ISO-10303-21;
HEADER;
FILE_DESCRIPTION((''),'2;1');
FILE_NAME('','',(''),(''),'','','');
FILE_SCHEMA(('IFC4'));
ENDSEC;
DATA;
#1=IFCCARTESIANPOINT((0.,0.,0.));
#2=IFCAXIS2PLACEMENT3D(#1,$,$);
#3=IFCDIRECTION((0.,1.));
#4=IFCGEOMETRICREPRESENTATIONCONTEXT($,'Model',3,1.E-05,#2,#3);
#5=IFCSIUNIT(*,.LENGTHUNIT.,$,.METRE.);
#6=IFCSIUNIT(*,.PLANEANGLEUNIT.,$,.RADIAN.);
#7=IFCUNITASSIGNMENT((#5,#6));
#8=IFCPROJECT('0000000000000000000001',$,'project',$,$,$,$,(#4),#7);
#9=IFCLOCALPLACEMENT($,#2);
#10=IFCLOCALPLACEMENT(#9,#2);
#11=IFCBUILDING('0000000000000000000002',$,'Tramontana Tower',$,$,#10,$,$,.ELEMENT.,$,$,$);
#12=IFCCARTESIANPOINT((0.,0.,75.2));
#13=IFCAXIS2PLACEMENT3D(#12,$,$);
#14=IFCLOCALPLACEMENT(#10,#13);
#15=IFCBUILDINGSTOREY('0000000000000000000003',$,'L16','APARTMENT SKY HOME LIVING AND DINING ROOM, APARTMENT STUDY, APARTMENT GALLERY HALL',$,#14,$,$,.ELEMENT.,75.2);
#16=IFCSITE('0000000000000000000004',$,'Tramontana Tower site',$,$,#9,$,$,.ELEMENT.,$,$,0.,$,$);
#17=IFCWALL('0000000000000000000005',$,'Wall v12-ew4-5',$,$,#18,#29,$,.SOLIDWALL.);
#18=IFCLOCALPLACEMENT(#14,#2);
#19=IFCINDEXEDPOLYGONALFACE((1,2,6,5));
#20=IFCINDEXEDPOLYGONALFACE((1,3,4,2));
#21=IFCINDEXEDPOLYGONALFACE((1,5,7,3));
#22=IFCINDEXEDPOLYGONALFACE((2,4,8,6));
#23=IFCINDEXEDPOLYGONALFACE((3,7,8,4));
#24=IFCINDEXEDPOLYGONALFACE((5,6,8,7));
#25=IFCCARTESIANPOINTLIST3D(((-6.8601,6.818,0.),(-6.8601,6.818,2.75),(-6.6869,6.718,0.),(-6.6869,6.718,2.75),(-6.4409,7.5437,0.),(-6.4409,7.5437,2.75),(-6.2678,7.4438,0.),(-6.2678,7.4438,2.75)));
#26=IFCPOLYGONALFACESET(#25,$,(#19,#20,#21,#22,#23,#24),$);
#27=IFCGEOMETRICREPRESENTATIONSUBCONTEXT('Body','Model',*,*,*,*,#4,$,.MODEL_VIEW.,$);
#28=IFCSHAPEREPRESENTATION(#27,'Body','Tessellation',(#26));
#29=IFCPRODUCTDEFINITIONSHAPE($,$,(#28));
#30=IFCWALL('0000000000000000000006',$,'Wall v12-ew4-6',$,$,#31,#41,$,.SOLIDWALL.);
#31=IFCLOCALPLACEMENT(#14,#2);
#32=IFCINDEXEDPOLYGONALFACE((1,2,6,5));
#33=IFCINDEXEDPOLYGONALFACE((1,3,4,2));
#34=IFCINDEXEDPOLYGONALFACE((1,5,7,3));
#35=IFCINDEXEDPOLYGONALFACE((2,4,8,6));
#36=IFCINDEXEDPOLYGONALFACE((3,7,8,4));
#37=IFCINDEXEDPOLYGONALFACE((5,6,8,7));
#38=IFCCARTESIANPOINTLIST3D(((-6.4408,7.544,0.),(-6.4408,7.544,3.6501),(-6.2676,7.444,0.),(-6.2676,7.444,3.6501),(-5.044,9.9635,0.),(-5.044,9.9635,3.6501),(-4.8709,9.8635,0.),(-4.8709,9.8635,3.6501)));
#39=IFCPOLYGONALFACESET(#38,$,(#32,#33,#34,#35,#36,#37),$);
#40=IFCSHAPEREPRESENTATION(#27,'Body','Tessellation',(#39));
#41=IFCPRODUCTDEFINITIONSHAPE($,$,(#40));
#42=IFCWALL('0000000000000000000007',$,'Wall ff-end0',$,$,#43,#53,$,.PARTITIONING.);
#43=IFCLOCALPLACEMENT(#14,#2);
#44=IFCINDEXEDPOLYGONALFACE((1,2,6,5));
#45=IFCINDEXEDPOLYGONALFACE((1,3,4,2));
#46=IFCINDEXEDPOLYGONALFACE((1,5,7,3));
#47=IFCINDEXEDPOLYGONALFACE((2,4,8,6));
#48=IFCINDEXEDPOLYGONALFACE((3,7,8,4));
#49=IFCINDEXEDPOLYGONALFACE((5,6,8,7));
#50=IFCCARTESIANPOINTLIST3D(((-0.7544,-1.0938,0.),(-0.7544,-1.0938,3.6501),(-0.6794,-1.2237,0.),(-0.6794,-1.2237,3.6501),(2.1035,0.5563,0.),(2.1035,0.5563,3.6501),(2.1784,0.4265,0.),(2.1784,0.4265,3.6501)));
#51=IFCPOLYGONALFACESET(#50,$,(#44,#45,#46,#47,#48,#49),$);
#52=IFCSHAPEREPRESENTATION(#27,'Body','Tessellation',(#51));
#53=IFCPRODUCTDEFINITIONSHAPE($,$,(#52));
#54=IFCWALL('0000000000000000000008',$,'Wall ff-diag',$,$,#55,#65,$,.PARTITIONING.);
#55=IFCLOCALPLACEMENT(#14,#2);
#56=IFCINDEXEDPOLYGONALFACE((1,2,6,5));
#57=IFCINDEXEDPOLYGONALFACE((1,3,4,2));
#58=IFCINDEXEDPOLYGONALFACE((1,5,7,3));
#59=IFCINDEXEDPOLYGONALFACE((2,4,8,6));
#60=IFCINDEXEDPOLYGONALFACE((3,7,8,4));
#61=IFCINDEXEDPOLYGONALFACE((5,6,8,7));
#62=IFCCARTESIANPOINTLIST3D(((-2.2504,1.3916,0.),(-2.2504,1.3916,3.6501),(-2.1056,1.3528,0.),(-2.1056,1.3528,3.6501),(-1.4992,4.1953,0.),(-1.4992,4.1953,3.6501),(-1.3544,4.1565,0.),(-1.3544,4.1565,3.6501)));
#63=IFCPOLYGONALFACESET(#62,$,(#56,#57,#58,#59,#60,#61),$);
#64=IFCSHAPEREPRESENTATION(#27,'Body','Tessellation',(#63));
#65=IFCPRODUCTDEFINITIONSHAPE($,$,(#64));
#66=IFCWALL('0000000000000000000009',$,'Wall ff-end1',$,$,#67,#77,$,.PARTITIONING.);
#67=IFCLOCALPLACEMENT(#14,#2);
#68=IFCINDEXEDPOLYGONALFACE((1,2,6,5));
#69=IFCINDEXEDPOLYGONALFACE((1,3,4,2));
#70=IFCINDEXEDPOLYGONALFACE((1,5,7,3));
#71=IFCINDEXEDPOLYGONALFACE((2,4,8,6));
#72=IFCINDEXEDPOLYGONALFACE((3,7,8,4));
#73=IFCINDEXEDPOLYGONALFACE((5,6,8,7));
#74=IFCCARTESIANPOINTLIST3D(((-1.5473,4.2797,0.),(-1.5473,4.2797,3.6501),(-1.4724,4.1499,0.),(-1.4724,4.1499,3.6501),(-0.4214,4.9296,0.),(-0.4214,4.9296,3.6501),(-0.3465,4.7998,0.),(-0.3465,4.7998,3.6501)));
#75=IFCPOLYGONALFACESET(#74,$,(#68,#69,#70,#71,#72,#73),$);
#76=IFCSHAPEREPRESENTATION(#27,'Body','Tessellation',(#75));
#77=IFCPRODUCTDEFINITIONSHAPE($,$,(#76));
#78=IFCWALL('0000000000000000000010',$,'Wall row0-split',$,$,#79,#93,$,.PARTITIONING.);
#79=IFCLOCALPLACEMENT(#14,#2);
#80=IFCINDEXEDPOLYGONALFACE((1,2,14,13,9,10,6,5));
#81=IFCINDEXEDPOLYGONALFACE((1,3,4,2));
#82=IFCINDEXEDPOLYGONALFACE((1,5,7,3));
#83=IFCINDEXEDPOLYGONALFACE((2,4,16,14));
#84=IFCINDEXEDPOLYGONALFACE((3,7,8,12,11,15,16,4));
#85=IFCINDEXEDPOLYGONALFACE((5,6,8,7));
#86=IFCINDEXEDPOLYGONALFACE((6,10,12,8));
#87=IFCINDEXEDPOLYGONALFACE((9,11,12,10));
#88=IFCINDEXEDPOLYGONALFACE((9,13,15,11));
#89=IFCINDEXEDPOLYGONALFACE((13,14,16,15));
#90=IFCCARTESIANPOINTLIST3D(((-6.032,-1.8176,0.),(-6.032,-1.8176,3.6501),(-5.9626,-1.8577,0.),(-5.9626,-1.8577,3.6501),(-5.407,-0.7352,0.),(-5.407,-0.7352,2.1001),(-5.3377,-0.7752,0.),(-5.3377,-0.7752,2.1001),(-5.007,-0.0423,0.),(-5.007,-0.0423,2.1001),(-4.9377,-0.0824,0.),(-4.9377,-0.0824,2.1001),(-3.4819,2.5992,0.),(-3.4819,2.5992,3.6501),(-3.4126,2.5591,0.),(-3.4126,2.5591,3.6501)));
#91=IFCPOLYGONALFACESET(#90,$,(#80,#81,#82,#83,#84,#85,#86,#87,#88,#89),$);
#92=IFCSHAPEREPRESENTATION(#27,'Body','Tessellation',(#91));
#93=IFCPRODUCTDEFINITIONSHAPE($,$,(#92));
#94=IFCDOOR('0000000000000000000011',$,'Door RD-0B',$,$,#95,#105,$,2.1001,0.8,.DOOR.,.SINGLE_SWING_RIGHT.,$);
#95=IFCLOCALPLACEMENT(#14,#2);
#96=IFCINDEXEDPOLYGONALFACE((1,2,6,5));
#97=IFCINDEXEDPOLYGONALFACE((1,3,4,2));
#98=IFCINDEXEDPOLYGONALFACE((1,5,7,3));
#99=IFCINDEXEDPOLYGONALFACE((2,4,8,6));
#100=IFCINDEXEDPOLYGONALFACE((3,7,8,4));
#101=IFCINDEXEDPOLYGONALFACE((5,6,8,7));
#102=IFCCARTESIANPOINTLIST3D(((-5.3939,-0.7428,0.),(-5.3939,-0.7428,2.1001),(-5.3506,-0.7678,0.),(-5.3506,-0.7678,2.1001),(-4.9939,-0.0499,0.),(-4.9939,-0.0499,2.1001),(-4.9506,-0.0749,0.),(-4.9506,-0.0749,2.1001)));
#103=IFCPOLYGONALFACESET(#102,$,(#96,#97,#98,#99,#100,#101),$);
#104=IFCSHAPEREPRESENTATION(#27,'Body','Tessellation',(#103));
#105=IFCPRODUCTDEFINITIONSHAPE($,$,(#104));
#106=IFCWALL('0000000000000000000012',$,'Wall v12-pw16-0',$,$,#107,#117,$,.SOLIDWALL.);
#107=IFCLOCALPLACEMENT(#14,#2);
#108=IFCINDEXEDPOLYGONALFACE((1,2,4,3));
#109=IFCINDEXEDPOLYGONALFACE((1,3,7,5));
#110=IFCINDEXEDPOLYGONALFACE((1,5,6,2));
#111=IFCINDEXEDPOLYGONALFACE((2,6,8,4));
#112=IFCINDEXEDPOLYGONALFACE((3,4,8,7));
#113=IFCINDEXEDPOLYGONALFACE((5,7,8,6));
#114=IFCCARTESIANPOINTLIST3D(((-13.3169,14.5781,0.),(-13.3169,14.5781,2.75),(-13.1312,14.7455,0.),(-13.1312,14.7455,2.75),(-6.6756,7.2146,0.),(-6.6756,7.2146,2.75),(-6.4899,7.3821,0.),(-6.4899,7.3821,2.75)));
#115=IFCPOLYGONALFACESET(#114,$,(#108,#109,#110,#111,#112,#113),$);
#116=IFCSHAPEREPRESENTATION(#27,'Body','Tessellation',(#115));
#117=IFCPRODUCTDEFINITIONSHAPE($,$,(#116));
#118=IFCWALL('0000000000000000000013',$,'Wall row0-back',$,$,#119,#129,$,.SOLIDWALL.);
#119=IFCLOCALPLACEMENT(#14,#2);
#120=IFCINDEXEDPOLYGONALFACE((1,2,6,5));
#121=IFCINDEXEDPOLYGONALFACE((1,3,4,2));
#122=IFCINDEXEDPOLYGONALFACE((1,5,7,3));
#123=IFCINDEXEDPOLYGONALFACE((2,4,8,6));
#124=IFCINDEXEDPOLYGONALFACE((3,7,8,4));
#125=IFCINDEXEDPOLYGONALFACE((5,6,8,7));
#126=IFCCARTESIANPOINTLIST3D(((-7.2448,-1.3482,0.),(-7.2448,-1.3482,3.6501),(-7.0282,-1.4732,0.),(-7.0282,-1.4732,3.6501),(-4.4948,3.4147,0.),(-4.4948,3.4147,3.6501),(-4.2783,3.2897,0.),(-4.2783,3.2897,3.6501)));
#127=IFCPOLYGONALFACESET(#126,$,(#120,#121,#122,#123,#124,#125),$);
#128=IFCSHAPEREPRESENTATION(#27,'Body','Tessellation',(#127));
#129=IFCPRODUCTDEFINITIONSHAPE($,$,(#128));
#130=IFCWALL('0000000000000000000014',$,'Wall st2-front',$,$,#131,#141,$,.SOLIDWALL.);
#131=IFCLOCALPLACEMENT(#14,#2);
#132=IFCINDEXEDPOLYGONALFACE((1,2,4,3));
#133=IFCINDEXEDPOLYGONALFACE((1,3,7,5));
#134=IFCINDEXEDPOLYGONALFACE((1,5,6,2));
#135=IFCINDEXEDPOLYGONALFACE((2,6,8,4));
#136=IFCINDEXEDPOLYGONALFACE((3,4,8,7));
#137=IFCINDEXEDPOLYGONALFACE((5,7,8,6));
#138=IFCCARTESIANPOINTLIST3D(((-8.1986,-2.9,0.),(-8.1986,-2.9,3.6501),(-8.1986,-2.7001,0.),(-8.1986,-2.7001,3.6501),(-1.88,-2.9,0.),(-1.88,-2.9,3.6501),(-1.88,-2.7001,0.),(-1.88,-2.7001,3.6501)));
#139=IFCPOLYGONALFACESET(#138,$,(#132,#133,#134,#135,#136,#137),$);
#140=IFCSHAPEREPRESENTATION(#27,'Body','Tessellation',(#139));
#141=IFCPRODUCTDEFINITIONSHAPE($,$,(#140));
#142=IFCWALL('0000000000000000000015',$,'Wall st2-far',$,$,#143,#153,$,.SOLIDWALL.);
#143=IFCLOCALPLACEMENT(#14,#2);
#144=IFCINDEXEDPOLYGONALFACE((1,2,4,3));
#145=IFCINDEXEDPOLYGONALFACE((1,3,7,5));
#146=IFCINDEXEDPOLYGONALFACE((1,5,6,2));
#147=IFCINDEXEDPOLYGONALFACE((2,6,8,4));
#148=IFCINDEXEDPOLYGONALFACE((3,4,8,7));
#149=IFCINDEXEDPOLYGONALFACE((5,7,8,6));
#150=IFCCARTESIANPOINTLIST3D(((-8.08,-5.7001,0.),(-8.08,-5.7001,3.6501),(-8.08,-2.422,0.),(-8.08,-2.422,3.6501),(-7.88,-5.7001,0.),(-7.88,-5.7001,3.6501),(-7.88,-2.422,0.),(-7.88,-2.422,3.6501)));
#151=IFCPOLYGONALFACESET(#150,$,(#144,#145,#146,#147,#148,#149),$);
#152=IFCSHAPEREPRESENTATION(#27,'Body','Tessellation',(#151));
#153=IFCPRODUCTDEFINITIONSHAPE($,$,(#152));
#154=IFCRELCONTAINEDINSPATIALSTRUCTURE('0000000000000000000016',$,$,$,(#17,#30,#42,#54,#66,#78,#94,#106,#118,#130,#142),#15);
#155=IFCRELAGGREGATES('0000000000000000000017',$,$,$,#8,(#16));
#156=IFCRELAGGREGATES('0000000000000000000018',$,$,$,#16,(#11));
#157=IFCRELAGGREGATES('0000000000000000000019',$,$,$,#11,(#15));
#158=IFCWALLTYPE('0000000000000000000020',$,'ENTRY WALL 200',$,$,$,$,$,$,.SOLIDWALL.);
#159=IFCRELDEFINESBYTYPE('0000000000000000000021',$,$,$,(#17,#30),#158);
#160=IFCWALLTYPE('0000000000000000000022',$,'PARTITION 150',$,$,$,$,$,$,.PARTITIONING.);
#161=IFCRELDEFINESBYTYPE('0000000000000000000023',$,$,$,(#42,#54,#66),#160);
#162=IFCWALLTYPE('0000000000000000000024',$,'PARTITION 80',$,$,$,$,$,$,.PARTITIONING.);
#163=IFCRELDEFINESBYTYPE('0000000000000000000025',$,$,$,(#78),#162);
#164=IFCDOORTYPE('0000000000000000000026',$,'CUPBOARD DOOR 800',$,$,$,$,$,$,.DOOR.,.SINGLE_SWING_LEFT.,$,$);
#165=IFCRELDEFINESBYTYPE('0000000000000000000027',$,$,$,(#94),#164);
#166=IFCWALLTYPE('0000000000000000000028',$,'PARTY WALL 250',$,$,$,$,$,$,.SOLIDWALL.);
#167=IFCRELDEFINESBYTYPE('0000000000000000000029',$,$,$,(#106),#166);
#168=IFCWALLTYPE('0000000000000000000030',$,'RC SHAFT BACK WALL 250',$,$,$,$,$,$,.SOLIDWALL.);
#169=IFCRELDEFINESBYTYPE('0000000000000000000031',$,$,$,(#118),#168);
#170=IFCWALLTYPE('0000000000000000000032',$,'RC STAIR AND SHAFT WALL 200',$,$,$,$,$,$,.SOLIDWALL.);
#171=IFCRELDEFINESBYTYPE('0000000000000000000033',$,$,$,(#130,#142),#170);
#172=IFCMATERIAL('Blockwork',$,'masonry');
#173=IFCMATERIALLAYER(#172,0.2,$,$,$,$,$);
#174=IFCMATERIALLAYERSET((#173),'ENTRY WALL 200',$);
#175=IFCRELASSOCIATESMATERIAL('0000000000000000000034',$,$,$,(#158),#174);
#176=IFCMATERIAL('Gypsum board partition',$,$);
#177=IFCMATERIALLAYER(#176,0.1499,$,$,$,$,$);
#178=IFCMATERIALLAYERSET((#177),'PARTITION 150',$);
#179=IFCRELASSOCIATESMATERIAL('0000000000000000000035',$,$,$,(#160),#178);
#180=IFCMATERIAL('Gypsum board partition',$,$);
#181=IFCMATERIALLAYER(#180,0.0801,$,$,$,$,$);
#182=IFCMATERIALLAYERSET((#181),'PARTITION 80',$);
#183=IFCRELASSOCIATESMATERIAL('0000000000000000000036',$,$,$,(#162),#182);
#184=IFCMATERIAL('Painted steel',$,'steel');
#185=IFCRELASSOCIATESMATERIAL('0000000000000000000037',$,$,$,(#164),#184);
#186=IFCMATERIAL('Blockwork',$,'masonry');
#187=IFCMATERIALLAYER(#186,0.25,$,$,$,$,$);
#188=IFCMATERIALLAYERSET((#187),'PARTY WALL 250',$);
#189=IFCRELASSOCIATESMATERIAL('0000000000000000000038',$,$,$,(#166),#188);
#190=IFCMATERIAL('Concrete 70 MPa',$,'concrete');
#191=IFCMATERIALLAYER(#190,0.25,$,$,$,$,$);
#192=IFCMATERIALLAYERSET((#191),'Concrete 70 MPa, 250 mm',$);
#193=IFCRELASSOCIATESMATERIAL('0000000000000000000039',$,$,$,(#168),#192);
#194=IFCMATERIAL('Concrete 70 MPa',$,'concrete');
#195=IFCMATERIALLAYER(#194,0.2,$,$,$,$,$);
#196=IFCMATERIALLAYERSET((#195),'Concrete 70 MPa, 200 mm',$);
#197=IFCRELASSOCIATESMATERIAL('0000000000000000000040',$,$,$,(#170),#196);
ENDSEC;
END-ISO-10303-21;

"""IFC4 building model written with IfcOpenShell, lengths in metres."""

from ifc_helpers import new_model, si_unit, direction, frame, frame_2d, origin, place, context, subcontext, project, spatial, rectangle, extrude, material, layer, layer_set, type_object, element, fill, save


model = new_model("IFC4")

# Units and contexts
model_context = context("Model", 3, precision=1e-05, world=origin(), true_north=direction((0.0, 1.0)))
body_context = subcontext(model_context, "Body", "Model", "MODEL_VIEW")
ifc_project = project(units=[si_unit("LENGTHUNIT", "METRE"), si_unit("PLANEANGLEUNIT", "RADIAN")], contexts=[model_context])

# Site, building, storey
site_placement = place(None, origin())
site = spatial("IfcSite", under=ifc_project, at=site_placement, Name="Tramontana Tower site", CompositionType="ELEMENT", RefElevation=0.0)
building_placement = place(site_placement, origin())
building = spatial("IfcBuilding", under=site, at=building_placement, Name="Tramontana Tower", CompositionType="ELEMENT")
storey_placement = place(building_placement, frame((0.0, 0.0, 75.2)))
storey = spatial("IfcBuildingStorey", under=building, at=storey_placement, Name="L16", Description="APARTMENT SKY HOME LIVING AND DINING ROOM, APARTMENT STUDY, APARTMENT GALLERY HALL", CompositionType="ELEMENT", Elevation=75.2)

# Walls
ifc_material_1 = material(Name="Blockwork", Category="masonry")
ifc_layer_1 = layer(ifc_material_1, 0.2)
ifc_layer_set_1 = layer_set([ifc_layer_1], Name="ENTRY WALL 200")
wall_type_1 = type_object("IfcWallType", Name="ENTRY WALL 200", PredefinedType="SOLIDWALL", material=ifc_layer_set_1)
wall_1_placement = place(storey_placement, frame((-6.7734, 6.7681, 0.0), z_axis=(0.0, 0.0, 1.0), x_axis=(0.500117, 0.865958, 0.0)))
element("IfcWall", 1, at=wall_1_placement, inside=storey, type_object=wall_type_1, Name="Wall v12-ew4-5", PredefinedType="SOLIDWALL", context=body_context, shape_type="SweptSolid", body=[
    extrude(rectangle(XDim=0.8381, YDim=0.2, at=frame_2d((0.4189, 0.0))), origin(), (0.0, 0.0, 1.0), 2.75),
])
wall_2_placement = place(storey_placement, frame((-6.3542, 7.4939, 0.0), z_axis=(0.0, 0.0, 1.0), x_axis=(0.499965, 0.866046, 0.0)))
element("IfcWall", 2, at=wall_2_placement, inside=storey, type_object=wall_type_1, Name="Wall v12-ew4-6", PredefinedType="SOLIDWALL", context=body_context, shape_type="SweptSolid", body=[
    extrude(rectangle(XDim=2.7937, YDim=0.2, at=frame_2d((1.397, 0.0))), origin(), (0.0, 0.0, 1.0), 3.6501),
])

# Shared definitions
ifc_material_2 = material(Name="Gypsum board partition")
ifc_layer_2 = layer(ifc_material_2, 0.1499)
ifc_layer_set_2 = layer_set([ifc_layer_2], Name="PARTITION 150")
wall_type_2 = type_object("IfcWallType", Name="PARTITION 150", PredefinedType="PARTITIONING", material=ifc_layer_set_2)

# Walls
wall_3_placement = place(storey_placement, frame((-0.7168, -1.1587, 0.0), z_axis=(0.0, 0.0, 1.0), x_axis=(0.866008, 0.50003, 0.0)))
element("IfcWall", 3, at=wall_3_placement, inside=storey, type_object=wall_type_2, Name="Wall ff-end0", PredefinedType="PARTITIONING", context=body_context, shape_type="SweptSolid", body=[
    extrude(rectangle(XDim=3.3, YDim=0.1499, at=frame_2d((1.6499, 0.0))), origin(), (0.0, 0.0, 1.0), 3.6501),
])
wall_4_placement = place(storey_placement, frame((-2.178, 1.3723, 0.0), z_axis=(0.0, 0.0, 1.0), x_axis=(0.258809, 0.965929, 0.0)))
element("IfcWall", 4, at=wall_4_placement, inside=storey, type_object=wall_type_2, Name="Wall ff-diag", PredefinedType="PARTITIONING", context=body_context, shape_type="SweptSolid", body=[
    extrude(rectangle(XDim=2.9026, YDim=0.1499, at=frame_2d((1.4512, 0.0))), origin(), (0.0, 0.0, 1.0), 3.6501),
])
wall_5_placement = place(storey_placement, frame((-1.5098, 4.2148, 0.0), z_axis=(0.0, 0.0, 1.0), x_axis=(0.866086, 0.499896, 0.0)))
element("IfcWall", 5, at=wall_5_placement, inside=storey, type_object=wall_type_2, Name="Wall ff-end1", PredefinedType="PARTITIONING", context=body_context, shape_type="SweptSolid", body=[
    extrude(rectangle(XDim=1.3, YDim=0.1499, at=frame_2d((0.6499, 0.0))), origin(), (0.0, 0.0, 1.0), 3.6501),
])

# Wall, opening, door
ifc_material_3 = material(Name="Gypsum board partition")
ifc_layer_3 = layer(ifc_material_3, 0.0801)
ifc_layer_set_3 = layer_set([ifc_layer_3], Name="PARTITION 80")
wall_type_3 = type_object("IfcWallType", Name="PARTITION 80", PredefinedType="PARTITIONING", material=ifc_layer_set_3)
wall_6_placement = place(storey_placement, frame((-5.9973, -1.8376, 0.0), z_axis=(0.0, 0.0, 1.0), x_axis=(0.500006, 0.866022, 0.0)))
wall_6 = element("IfcWall", 6, at=wall_6_placement, inside=storey, type_object=wall_type_3, Name="Wall row0-split", PredefinedType="PARTITIONING", context=body_context, shape_type="SweptSolid", body=[
    extrude(rectangle(XDim=5.1001, YDim=0.0801, at=frame_2d((2.55, 0.0))), origin(), (0.0, 0.0, 1.0), 3.6501),
])
opening_1_placement = place(wall_6_placement, frame((1.25, 0.0, 0.0)))
opening_1 = element("IfcOpeningElement", 7, at=opening_1_placement, cuts=wall_6, PredefinedType="OPENING", context=body_context, shape_type="SweptSolid", body=[
    extrude(rectangle(XDim=0.8, YDim=2.1001, at=frame_2d((0.3999, 1.05))), frame((0.0, 0.05, 0.0), z_axis=(0.0, -1.0, 0.0), x_axis=(1.0, 0.0, 0.0)), (0.0, 0.0, 1.0), 0.1001),
])
ifc_material_4 = material(Name="Painted steel", Category="steel")
door_type_1 = type_object("IfcDoorType", Name="CUPBOARD DOOR 800", OperationType="SINGLE_SWING_LEFT", PredefinedType="DOOR", material=ifc_material_4)
door_1_placement = place(opening_1_placement, origin())
door_1 = element("IfcDoor", 8, at=door_1_placement, inside=storey, type_object=door_type_1, Name="Door RD-0B", OperationType="SINGLE_SWING_RIGHT", OverallHeight=2.1001, OverallWidth=0.8, PredefinedType="DOOR", context=body_context, shape_type="SweptSolid", body=[
    extrude(rectangle(XDim=0.8, YDim=2.1001, at=frame_2d((0.3999, 1.05))), frame((0.0, 0.0249, 0.0), z_axis=(0.0, -1.0, 0.0), x_axis=(1.0, 0.0, 0.0)), (0.0, 0.0, 1.0), 0.05),
])
fill(opening_1, door_1)

# Walls
ifc_material_5 = material(Name="Blockwork", Category="masonry")
ifc_layer_4 = layer(ifc_material_5, 0.25)
ifc_layer_set_4 = layer_set([ifc_layer_4], Name="PARTY WALL 250")
wall_type_4 = type_object("IfcWallType", Name="PARTY WALL 250", PredefinedType="SOLIDWALL", material=ifc_layer_set_4)
wall_7_placement = place(storey_placement, frame((-6.5828, 7.2983, 0.0), z_axis=(0.0, 0.0, 1.0), x_axis=(-0.669755, 0.742582, 0.0)))
element("IfcWall", 9, at=wall_7_placement, inside=storey, type_object=wall_type_4, Name="Wall v12-pw16-0", PredefinedType="SOLIDWALL", context=body_context, shape_type="SweptSolid", body=[
    extrude(rectangle(XDim=9.916, YDim=0.25, at=frame_2d((4.958, 0.0))), origin(), (0.0, 0.0, 1.0), 2.75),
])
ifc_material_6 = material(Name="Concrete 70 MPa", Category="concrete")
ifc_layer_5 = layer(ifc_material_6, 0.25)
ifc_layer_set_5 = layer_set([ifc_layer_5], Name="Concrete 70 MPa, 250 mm")
wall_type_5 = type_object("IfcWallType", Name="RC SHAFT BACK WALL 250", PredefinedType="SOLIDWALL", material=ifc_layer_set_5)
wall_8_placement = place(storey_placement, frame((-4.3865, 3.3523, 0.0), z_axis=(0.0, 0.0, 1.0), x_axis=(-0.500016, -0.866016, 0.0)))
element("IfcWall", 10, at=wall_8_placement, inside=storey, type_object=wall_type_5, Name="Wall row0-back", PredefinedType="SOLIDWALL", context=body_context, shape_type="SweptSolid", body=[
    extrude(rectangle(XDim=5.4998, YDim=0.25, at=frame_2d((2.75, 0.0))), origin(), (0.0, 0.0, 1.0), 3.6501),
])

# Shared definitions
ifc_material_7 = material(Name="Concrete 70 MPa", Category="concrete")
ifc_layer_6 = layer(ifc_material_7, 0.2)
ifc_layer_set_6 = layer_set([ifc_layer_6], Name="Concrete 70 MPa, 200 mm")
wall_type_6 = type_object("IfcWallType", Name="RC STAIR AND SHAFT WALL 200", PredefinedType="SOLIDWALL", material=ifc_layer_set_6)

# Walls
wall_9_placement = place(storey_placement, frame((-8.1985, -2.8, 0.0), z_axis=(0.0, 0.0, 1.0), x_axis=(1.0, 0.0, 0.0)))
element("IfcWall", 11, at=wall_9_placement, inside=storey, type_object=wall_type_6, Name="Wall st2-front", PredefinedType="SOLIDWALL", context=body_context, shape_type="SweptSolid", body=[
    extrude(rectangle(XDim=6.3186, YDim=0.2, at=frame_2d((3.1592, 0.0))), origin(), (0.0, 0.0, 1.0), 3.6501),
])
wall_10_placement = place(storey_placement, frame((-7.98, -2.4219, 0.0), z_axis=(0.0, 0.0, 1.0), x_axis=(0.0, -1.0, 0.0)))
element("IfcWall", 12, at=wall_10_placement, inside=storey, type_object=wall_type_6, Name="Wall st2-far", PredefinedType="SOLIDWALL", context=body_context, shape_type="SweptSolid", body=[
    extrude(rectangle(XDim=3.2781, YDim=0.2, at=frame_2d((1.6392, 0.0))), origin(), (0.0, 0.0, 1.0), 3.6501),
])

save(model, "model.ifc")
